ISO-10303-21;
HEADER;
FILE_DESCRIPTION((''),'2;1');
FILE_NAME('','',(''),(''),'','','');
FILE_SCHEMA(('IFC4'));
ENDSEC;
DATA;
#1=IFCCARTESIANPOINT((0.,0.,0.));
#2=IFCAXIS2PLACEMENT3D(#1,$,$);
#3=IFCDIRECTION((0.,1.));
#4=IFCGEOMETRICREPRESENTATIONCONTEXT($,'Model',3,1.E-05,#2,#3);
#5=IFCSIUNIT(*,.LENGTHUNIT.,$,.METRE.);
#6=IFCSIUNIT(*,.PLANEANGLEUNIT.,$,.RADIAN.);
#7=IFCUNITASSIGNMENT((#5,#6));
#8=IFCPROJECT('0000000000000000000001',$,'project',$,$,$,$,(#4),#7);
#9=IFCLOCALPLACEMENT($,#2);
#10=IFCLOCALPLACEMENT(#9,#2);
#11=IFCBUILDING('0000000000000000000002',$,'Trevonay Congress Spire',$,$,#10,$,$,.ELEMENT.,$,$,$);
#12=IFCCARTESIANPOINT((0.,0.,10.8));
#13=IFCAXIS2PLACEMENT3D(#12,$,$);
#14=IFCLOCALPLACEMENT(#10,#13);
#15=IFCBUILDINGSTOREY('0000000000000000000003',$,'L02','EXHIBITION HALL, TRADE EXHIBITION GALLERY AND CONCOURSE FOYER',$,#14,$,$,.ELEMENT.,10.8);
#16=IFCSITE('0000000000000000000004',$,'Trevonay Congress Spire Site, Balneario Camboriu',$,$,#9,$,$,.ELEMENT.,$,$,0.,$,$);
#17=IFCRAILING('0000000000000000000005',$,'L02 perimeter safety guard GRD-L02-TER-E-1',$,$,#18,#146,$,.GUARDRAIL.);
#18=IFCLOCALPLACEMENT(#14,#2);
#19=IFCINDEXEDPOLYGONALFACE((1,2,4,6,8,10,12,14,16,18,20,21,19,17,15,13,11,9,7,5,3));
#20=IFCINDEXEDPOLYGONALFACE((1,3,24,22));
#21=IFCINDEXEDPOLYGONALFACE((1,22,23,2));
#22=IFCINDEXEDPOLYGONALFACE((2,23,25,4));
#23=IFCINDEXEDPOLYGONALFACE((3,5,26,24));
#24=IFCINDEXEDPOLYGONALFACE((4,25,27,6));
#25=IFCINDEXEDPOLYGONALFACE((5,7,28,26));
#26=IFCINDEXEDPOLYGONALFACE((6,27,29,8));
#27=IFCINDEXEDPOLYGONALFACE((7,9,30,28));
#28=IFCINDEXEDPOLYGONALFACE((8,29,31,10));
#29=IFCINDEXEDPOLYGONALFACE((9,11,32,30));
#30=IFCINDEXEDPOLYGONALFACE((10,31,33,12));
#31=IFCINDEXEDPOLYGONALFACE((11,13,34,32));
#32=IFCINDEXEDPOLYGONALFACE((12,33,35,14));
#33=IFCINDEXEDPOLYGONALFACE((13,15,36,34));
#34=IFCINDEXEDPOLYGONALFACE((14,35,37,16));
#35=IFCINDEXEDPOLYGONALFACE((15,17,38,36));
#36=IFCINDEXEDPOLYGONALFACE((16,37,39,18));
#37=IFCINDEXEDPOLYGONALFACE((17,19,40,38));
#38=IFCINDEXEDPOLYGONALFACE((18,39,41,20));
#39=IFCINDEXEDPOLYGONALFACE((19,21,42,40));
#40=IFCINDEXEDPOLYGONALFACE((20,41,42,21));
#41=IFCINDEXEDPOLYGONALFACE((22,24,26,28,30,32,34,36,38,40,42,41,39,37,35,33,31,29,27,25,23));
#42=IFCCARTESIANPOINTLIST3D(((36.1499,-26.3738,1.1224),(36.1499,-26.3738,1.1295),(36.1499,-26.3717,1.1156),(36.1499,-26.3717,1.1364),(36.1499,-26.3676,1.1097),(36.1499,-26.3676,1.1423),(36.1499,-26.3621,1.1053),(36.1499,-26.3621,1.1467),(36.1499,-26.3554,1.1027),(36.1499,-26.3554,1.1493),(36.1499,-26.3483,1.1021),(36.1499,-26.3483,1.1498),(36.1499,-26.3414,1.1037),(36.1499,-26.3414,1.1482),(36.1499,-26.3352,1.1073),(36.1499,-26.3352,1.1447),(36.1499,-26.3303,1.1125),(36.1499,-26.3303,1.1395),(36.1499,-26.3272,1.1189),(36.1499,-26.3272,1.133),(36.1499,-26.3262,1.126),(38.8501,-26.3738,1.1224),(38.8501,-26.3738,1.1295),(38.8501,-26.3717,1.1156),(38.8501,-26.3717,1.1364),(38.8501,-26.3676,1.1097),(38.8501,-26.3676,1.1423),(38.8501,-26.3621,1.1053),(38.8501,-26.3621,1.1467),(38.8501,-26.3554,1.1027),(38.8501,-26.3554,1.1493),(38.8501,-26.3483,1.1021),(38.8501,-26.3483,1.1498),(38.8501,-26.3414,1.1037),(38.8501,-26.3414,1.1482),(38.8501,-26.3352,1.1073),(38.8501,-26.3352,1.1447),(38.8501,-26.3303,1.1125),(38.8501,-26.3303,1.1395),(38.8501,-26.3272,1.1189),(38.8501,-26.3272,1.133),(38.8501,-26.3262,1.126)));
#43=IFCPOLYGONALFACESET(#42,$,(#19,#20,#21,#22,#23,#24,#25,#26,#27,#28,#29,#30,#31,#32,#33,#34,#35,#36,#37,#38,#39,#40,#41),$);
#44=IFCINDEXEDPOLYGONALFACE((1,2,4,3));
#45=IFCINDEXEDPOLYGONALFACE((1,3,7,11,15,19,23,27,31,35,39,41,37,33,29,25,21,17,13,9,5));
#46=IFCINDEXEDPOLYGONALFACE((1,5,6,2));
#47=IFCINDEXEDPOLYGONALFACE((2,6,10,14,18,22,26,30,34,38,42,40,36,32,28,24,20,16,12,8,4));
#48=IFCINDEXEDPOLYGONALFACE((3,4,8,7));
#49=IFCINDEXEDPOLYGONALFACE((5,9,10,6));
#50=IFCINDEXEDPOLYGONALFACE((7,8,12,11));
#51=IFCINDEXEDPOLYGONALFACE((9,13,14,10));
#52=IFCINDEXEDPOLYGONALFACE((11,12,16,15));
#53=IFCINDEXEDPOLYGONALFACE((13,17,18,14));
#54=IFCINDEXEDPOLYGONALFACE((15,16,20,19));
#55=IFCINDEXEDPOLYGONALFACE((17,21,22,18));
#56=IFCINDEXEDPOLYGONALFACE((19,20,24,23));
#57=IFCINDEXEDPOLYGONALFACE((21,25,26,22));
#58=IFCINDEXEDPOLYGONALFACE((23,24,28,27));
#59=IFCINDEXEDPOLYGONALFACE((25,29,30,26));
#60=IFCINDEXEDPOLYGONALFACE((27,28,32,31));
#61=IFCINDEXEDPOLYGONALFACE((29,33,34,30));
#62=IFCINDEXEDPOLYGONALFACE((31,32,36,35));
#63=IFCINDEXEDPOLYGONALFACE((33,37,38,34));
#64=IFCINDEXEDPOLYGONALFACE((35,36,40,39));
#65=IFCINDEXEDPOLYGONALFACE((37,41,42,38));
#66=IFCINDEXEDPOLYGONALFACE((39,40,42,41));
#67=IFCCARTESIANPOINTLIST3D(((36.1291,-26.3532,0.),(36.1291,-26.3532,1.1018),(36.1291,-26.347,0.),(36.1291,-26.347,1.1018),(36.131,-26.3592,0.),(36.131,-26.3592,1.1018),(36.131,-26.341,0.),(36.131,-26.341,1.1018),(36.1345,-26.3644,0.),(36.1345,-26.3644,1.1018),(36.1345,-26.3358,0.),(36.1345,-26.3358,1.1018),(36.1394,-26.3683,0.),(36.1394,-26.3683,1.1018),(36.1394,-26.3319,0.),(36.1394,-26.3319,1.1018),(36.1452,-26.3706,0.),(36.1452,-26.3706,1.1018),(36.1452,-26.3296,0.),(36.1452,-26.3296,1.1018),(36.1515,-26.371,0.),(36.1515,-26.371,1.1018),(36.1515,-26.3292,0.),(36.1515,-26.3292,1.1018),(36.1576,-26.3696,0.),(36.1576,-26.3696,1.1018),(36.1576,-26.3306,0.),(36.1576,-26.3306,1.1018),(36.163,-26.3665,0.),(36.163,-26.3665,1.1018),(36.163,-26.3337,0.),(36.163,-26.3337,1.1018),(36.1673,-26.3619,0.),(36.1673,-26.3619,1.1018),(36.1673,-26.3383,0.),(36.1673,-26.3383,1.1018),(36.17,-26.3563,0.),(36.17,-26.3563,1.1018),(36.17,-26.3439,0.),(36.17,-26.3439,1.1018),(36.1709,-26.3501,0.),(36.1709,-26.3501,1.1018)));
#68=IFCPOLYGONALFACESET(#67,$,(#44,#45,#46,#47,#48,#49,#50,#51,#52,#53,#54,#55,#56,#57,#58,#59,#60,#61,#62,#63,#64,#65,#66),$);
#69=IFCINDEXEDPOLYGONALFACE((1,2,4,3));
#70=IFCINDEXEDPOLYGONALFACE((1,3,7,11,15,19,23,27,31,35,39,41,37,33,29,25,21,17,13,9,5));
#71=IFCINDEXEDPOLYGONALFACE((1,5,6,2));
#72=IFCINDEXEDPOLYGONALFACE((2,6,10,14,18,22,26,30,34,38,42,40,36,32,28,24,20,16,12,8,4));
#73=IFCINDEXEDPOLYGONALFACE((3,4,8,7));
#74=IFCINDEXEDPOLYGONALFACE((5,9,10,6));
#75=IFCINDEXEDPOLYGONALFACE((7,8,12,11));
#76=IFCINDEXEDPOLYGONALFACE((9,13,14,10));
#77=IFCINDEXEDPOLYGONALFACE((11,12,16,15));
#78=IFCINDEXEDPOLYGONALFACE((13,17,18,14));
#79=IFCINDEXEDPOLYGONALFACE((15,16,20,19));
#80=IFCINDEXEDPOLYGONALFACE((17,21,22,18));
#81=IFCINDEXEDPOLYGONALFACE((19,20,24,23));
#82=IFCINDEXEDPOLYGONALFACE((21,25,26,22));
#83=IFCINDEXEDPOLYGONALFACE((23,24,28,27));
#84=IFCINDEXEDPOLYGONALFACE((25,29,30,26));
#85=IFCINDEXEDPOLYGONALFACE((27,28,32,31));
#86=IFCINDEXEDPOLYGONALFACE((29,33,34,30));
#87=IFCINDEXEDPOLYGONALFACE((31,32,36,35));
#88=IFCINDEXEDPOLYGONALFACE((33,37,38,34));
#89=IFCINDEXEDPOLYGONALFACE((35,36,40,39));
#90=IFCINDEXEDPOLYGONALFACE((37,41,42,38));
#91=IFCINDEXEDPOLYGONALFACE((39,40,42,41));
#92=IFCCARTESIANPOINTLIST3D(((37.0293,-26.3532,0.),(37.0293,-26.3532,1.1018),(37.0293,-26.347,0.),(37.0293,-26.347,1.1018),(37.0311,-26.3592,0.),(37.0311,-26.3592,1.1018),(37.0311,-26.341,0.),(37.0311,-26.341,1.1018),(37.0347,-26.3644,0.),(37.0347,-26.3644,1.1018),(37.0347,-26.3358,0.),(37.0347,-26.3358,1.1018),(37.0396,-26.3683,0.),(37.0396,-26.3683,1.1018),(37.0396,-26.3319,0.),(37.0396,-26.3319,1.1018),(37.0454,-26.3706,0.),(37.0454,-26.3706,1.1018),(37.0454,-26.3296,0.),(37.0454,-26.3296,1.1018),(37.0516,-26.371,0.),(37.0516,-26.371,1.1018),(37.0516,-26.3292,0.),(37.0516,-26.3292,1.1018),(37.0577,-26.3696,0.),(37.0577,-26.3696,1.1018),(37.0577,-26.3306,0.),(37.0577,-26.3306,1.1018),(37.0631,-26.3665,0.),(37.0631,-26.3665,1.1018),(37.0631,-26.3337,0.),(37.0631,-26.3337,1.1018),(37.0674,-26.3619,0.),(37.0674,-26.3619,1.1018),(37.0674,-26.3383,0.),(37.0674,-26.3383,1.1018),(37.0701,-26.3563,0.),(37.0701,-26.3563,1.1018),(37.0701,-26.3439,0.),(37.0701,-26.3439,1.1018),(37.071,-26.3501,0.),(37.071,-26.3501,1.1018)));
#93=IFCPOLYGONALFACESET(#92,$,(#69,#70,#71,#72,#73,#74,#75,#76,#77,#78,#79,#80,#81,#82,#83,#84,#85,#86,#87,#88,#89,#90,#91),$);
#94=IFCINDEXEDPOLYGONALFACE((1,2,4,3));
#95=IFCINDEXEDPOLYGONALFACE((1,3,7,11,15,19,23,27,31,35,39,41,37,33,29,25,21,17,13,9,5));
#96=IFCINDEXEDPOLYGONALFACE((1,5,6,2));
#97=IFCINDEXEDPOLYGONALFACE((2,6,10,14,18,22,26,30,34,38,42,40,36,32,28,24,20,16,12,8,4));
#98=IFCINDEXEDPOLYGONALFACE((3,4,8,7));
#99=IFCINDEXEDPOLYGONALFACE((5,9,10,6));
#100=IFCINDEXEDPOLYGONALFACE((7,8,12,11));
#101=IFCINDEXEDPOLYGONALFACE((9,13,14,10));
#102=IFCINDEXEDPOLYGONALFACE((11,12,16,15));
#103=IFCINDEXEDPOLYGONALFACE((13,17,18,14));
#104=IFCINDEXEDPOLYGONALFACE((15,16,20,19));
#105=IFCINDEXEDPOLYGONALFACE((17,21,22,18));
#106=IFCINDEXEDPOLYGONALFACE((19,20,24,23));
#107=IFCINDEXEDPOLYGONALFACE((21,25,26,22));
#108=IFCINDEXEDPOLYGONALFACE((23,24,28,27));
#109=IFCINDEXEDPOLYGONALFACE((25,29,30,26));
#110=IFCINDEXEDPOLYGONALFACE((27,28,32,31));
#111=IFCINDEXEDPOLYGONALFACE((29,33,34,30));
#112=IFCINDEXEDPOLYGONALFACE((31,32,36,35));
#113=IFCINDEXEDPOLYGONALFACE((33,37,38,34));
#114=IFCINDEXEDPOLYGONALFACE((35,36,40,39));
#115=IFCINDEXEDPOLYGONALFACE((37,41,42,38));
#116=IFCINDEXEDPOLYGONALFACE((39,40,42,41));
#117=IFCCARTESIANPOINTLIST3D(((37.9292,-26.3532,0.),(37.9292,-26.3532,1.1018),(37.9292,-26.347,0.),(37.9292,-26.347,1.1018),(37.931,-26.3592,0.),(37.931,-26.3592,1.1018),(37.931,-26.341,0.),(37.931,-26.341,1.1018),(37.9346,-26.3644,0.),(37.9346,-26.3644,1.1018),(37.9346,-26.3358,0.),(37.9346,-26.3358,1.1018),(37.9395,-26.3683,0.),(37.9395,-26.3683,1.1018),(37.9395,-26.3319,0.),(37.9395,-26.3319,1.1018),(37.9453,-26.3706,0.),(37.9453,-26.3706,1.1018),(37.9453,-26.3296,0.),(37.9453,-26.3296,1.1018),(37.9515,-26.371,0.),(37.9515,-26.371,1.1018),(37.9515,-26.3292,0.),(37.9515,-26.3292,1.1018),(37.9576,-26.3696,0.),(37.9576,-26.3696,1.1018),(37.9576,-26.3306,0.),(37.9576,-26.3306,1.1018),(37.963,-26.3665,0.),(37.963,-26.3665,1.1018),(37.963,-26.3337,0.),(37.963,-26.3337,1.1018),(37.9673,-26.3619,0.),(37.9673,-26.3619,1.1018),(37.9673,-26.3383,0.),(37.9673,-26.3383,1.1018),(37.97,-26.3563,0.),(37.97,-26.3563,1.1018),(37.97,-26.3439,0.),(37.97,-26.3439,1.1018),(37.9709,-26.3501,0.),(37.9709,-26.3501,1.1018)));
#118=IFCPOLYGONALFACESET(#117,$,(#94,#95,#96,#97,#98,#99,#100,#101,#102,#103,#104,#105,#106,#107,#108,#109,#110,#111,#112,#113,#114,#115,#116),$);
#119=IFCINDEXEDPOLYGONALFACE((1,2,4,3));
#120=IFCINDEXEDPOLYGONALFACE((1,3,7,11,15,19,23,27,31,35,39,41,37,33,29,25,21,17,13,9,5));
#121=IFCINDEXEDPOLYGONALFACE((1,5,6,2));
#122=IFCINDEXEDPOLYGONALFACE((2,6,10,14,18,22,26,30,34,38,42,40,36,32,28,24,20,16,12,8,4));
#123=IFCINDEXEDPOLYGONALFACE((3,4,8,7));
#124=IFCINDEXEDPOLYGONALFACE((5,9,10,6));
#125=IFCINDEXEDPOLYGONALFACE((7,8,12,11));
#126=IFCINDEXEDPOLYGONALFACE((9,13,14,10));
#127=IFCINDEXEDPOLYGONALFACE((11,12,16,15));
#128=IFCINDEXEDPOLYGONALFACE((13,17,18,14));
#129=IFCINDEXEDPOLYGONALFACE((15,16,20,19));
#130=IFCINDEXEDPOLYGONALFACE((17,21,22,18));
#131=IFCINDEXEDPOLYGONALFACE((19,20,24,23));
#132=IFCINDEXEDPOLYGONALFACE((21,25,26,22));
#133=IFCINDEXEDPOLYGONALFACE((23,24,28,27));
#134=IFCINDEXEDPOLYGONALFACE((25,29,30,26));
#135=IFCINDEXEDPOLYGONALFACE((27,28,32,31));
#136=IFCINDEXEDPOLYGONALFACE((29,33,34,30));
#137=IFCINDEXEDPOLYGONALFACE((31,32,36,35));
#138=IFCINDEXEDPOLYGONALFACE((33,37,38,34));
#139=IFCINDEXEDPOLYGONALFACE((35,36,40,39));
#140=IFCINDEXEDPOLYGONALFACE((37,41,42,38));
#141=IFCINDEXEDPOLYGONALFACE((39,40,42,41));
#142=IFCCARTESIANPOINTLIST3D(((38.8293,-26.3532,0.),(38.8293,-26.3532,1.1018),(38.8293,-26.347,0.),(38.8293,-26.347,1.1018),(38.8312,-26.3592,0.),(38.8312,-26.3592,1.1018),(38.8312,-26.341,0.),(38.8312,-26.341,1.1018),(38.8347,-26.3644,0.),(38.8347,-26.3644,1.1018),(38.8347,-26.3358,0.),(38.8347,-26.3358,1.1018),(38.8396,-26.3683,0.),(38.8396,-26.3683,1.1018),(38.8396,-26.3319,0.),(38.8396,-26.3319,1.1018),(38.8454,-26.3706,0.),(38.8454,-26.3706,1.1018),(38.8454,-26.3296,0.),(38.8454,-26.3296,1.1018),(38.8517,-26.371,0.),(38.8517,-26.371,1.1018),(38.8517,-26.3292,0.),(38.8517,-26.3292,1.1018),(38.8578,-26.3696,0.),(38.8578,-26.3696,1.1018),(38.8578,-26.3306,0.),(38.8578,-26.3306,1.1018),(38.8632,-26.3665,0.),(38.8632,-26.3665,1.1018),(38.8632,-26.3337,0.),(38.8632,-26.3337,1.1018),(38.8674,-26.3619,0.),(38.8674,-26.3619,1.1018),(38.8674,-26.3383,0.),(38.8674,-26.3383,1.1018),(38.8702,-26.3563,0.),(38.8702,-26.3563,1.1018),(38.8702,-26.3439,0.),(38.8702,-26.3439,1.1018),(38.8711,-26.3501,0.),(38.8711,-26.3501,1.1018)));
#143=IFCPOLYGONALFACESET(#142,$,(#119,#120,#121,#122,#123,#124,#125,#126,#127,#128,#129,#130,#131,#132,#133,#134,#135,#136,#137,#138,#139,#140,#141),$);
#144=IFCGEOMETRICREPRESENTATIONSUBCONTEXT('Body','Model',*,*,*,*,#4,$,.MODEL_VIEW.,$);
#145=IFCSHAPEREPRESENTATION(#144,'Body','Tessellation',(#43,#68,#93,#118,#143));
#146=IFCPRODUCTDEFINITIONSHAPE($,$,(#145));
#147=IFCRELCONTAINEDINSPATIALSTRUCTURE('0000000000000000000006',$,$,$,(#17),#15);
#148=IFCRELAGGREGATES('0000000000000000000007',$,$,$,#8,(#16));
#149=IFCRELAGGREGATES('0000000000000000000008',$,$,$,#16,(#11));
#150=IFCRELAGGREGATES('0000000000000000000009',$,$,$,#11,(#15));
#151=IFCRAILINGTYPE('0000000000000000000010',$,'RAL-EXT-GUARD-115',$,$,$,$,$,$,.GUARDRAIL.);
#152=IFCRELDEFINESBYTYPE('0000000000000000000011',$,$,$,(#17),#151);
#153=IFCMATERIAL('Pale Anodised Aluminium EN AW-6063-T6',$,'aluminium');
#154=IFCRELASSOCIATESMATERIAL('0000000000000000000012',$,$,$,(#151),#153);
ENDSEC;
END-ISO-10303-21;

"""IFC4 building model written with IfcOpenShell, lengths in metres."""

from ifc_helpers import new_model, si_unit, direction, frame, origin, origin_2d, place, context, subcontext, project, spatial, circle, extrude, material, type_object, element, save


model = new_model("IFC4")

# Units and contexts
model_context = context("Model", 3, precision=1e-05, world=origin(), true_north=direction((0.0, 1.0)))
body_context = subcontext(model_context, "Body", "Model", "MODEL_VIEW")
ifc_project = project(units=[si_unit("LENGTHUNIT", "METRE"), si_unit("PLANEANGLEUNIT", "RADIAN")], contexts=[model_context])

# Site, building, storey
site_placement = place(None, origin())
site = spatial("IfcSite", under=ifc_project, at=site_placement, Name="Trevonay Congress Spire Site, Balneario Camboriu", CompositionType="ELEMENT", RefElevation=0.0)
building_placement = place(site_placement, origin())
building = spatial("IfcBuilding", under=site, at=building_placement, Name="Trevonay Congress Spire", CompositionType="ELEMENT")
storey_placement = place(building_placement, frame((0.0, 0.0, 10.8)))
storey = spatial("IfcBuildingStorey", under=building, at=storey_placement, Name="L02", Description="EXHIBITION HALL, TRADE EXHIBITION GALLERY AND CONCOURSE FOYER", CompositionType="ELEMENT", Elevation=10.8)

# Shared definitions
ifc_material_1 = material(Name="Pale Anodised Aluminium EN AW-6063-T6", Category="aluminium")

# Railing
railing_type_1 = type_object("IfcRailingType", Name="RAL-EXT-GUARD-115", PredefinedType="GUARDRAIL", material=ifc_material_1)
railing_1_placement = place(storey_placement, frame((36.1499, -26.3501, 0.0)))
element("IfcRailing", 1, at=railing_1_placement, inside=storey, type_object=railing_type_1, Name="L02 perimeter safety guard GRD-L02-TER-E-1", PredefinedType="GUARDRAIL", context=body_context, shape_type="SweptSolid", body=[
    extrude(circle(Radius=0.0239, at=origin_2d()), frame((0.0, 0.0, 1.126), z_axis=(1.0, 0.0, 0.0), x_axis=(0.0, 1.0, 0.0)), (0.0, 0.0, 1.0), 2.7002),
    extrude(circle(Radius=0.021, at=origin_2d()), origin(), (0.0, 0.0, 1.0), 1.1018),
    extrude(circle(Radius=0.021, at=origin_2d()), frame((0.9001, 0.0, 0.0)), (0.0, 0.0, 1.0), 1.1018),
    extrude(circle(Radius=0.021, at=origin_2d()), frame((1.8, 0.0, 0.0)), (0.0, 0.0, 1.0), 1.1018),
    extrude(circle(Radius=0.021, at=origin_2d()), frame((2.7002, 0.0, 0.0)), (0.0, 0.0, 1.0), 1.1018),
])

save(model, "model.ifc")
